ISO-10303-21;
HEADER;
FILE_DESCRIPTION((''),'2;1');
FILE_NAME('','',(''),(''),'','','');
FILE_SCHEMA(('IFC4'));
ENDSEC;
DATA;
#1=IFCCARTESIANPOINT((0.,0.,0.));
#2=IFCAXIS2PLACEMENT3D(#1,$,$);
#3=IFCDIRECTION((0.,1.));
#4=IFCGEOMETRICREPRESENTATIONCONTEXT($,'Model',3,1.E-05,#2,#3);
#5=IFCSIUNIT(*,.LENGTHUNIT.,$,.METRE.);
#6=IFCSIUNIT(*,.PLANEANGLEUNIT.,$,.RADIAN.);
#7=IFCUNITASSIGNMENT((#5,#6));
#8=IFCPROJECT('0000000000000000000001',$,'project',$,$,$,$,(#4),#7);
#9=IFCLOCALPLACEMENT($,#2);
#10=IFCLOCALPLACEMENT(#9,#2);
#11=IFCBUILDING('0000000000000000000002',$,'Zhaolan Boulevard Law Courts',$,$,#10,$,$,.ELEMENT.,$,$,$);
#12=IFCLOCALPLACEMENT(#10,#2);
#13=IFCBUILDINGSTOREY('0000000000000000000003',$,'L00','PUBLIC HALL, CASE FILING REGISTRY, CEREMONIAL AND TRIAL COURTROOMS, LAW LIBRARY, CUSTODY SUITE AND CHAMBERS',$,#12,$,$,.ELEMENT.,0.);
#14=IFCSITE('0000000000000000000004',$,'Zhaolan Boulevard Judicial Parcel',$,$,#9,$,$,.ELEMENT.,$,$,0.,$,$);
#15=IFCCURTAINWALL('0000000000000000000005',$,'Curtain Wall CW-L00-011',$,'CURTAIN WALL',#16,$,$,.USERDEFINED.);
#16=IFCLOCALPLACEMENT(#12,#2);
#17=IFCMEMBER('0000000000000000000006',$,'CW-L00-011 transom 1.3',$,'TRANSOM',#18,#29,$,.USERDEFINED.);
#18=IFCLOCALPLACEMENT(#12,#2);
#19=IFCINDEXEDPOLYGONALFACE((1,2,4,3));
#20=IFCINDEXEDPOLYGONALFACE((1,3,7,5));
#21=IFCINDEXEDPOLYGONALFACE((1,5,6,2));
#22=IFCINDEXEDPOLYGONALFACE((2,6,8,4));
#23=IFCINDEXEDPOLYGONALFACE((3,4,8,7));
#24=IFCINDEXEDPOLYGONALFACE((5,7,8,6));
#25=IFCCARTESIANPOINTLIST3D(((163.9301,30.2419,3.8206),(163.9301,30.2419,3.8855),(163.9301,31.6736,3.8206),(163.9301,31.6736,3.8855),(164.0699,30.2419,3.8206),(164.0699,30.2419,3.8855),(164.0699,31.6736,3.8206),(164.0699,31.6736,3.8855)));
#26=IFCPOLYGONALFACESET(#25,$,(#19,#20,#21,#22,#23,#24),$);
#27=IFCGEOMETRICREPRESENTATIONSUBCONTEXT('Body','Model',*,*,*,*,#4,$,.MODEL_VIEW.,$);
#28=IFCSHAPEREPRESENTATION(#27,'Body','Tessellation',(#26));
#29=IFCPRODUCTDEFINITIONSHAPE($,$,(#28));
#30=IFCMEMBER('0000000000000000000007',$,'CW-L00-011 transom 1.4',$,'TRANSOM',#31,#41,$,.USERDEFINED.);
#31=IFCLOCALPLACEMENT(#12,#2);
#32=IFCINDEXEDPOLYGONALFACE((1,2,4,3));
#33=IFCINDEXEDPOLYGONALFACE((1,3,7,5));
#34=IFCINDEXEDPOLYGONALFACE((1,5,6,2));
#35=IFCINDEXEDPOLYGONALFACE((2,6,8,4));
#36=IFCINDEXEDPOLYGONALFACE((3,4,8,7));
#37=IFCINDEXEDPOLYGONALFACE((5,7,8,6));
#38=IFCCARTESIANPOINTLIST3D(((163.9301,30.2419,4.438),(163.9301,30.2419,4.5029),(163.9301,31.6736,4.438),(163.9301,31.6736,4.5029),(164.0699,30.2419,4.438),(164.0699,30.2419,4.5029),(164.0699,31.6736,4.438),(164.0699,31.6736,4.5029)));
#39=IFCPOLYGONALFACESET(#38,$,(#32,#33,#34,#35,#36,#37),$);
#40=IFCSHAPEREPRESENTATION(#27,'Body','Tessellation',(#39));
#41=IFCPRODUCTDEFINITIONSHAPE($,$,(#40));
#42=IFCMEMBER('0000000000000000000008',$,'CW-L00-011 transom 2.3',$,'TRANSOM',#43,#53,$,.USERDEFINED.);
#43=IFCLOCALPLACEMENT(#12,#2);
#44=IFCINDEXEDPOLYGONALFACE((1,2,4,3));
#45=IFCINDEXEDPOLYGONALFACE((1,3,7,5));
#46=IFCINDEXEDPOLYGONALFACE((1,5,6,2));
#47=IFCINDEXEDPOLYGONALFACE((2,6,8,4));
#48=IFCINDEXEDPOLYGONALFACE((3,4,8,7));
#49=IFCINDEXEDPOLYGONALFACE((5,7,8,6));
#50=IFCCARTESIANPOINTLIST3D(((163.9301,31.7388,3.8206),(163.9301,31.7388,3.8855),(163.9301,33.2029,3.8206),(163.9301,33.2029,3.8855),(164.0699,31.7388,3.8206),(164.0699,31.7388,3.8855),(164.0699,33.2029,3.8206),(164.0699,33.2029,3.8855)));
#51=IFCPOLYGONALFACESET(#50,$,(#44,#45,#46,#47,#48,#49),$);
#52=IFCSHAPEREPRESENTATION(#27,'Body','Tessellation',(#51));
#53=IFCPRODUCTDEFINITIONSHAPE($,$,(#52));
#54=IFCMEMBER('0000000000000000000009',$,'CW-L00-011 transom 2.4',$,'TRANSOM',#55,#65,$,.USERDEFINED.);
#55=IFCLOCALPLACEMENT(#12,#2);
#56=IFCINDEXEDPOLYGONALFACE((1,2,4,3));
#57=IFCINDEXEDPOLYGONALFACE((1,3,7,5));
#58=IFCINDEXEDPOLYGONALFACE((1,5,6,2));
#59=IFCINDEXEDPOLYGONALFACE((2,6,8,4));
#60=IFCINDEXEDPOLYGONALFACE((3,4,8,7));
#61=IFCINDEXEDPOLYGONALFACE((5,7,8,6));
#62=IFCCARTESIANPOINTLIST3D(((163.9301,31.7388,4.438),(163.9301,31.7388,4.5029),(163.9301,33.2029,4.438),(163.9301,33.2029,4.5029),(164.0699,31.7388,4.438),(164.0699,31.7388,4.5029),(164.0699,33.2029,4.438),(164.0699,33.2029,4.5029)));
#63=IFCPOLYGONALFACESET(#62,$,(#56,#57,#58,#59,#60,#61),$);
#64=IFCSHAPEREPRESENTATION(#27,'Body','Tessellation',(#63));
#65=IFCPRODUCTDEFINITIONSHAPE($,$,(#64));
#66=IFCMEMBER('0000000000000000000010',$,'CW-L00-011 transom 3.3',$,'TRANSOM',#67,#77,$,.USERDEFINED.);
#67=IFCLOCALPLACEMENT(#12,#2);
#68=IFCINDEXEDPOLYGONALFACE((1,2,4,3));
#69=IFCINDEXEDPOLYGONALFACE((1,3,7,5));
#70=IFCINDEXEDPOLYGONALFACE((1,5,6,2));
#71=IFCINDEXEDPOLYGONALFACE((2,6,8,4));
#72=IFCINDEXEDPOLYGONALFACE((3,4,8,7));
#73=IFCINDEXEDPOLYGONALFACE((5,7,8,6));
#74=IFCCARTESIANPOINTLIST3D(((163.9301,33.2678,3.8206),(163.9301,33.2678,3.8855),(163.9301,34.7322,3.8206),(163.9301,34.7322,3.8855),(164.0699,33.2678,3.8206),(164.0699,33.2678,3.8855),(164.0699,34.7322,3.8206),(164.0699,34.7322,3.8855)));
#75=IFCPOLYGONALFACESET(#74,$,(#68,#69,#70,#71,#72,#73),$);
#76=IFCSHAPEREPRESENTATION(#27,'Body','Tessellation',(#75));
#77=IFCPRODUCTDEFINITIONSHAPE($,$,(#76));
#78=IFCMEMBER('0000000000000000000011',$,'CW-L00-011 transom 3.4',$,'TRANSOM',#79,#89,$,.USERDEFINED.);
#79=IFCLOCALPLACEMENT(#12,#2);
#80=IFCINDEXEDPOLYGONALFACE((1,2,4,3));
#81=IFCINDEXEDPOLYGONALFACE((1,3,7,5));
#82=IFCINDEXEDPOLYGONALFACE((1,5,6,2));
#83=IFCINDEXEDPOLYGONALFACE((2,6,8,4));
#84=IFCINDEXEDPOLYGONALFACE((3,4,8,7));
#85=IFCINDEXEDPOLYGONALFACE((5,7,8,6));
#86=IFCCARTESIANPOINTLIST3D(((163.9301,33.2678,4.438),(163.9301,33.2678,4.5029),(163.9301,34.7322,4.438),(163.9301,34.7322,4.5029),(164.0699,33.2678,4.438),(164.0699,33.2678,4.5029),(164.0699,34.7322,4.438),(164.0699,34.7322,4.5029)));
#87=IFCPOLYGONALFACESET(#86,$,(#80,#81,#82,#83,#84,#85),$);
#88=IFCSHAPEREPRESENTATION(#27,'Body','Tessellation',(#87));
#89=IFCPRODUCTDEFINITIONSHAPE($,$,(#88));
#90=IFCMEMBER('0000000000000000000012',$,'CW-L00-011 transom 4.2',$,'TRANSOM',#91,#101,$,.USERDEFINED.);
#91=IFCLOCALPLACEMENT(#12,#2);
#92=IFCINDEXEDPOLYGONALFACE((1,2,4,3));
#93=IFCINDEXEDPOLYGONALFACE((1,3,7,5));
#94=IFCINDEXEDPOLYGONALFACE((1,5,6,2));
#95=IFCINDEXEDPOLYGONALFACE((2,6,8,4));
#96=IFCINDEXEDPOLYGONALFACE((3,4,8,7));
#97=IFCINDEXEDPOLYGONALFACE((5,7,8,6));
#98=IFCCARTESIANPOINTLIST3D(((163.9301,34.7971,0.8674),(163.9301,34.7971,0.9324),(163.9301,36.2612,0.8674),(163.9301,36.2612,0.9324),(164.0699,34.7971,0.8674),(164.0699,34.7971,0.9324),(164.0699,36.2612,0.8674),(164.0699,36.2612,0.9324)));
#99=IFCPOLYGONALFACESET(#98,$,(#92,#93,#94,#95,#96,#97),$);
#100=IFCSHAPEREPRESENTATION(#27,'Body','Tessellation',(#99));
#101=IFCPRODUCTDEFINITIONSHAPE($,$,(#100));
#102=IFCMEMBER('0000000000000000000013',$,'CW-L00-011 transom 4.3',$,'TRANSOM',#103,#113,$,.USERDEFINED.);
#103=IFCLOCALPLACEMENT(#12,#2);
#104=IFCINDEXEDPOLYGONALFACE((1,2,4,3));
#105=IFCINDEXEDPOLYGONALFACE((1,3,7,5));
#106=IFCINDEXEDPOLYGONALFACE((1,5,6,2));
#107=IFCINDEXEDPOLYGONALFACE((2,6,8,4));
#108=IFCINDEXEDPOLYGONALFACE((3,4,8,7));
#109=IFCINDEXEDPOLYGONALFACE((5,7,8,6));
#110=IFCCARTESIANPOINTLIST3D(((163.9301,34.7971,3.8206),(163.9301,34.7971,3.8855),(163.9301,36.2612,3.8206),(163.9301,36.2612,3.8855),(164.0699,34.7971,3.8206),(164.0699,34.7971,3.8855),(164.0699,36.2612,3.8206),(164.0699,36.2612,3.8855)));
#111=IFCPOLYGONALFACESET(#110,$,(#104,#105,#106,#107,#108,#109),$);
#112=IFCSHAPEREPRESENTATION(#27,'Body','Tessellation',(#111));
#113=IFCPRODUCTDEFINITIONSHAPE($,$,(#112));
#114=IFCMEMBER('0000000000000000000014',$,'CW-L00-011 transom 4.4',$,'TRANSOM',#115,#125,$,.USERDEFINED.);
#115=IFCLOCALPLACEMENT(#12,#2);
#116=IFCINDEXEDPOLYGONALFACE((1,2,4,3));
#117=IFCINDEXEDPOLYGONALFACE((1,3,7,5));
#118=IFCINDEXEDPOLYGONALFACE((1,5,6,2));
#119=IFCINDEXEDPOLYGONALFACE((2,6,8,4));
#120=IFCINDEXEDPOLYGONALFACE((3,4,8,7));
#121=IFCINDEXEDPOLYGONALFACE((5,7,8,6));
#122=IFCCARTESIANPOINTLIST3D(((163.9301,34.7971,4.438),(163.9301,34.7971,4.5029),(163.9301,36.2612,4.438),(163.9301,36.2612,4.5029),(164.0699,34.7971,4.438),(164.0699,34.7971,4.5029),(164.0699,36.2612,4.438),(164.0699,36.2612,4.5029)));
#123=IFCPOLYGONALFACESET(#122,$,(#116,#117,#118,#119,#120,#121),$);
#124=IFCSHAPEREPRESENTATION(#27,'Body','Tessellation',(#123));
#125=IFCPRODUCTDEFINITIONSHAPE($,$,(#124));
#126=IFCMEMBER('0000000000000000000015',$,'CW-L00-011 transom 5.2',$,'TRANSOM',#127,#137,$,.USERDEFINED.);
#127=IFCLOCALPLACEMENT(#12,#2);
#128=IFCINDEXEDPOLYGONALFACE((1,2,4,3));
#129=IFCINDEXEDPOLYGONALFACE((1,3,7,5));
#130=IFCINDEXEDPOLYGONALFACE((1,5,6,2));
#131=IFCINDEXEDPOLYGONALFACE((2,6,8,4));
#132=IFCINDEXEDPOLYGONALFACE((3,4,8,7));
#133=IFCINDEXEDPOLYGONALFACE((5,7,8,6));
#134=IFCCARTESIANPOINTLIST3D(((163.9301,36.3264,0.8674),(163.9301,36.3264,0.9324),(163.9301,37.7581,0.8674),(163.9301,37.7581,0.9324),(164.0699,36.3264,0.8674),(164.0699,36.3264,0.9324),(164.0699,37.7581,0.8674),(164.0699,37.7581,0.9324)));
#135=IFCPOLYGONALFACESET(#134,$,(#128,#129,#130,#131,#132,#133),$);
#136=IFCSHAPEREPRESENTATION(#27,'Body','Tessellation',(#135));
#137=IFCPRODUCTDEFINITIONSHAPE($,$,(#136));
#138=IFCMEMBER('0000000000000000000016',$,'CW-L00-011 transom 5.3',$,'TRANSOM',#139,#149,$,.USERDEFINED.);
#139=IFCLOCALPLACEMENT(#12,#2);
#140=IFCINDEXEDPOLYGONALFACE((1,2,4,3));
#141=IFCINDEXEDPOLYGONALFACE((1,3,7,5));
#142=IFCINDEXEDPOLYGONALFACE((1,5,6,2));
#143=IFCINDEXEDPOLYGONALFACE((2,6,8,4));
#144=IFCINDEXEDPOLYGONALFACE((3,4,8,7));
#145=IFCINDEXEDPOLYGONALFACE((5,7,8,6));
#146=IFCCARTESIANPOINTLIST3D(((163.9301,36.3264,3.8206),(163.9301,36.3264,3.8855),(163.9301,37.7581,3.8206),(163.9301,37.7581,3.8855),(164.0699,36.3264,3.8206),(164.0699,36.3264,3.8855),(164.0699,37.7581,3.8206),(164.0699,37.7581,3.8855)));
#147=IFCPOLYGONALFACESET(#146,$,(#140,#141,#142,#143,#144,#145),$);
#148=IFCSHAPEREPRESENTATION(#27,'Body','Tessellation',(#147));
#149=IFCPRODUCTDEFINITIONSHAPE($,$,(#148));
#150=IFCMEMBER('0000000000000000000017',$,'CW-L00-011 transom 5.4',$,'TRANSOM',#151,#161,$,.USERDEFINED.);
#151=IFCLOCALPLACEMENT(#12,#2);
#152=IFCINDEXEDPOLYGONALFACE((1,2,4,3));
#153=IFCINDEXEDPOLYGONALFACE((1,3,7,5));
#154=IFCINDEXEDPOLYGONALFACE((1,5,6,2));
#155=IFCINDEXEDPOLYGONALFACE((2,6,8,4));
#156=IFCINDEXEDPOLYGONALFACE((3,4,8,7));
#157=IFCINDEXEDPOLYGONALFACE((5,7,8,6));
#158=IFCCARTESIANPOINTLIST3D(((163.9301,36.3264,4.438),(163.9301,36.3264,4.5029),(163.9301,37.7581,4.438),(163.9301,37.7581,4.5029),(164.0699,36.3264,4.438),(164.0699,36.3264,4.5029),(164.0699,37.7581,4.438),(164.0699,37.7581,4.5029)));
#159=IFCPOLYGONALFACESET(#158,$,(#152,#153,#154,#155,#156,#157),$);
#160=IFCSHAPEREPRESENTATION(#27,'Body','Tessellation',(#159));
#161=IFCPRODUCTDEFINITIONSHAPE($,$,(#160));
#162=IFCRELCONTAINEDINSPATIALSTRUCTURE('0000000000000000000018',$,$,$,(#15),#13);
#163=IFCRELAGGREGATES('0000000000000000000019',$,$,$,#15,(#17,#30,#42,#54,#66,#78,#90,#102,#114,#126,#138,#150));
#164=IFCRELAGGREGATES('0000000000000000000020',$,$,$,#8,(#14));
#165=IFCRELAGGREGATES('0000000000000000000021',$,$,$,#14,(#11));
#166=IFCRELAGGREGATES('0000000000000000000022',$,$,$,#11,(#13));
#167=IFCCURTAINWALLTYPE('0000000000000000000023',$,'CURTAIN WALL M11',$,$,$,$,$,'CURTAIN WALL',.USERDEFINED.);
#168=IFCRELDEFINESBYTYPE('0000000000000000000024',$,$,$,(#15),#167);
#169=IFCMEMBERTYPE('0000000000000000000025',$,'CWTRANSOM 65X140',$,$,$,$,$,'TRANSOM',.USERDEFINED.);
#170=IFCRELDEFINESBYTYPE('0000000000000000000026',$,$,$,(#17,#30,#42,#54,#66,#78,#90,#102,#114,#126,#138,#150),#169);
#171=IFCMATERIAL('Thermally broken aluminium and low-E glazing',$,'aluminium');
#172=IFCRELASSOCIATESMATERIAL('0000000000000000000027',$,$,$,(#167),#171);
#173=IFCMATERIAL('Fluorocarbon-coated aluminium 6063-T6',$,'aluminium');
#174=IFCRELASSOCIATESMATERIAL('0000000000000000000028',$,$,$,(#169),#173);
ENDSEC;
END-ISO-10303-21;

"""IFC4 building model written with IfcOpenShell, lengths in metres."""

from ifc_helpers import new_model, si_unit, direction, frame, origin, origin_2d, place, context, subcontext, project, spatial, rectangle, extrude, material, material_profile, profile_set, type_object, element, aggregate, save


model = new_model("IFC4")

# Units and contexts
model_context = context("Model", 3, precision=1e-05, world=origin(), true_north=direction((0.0, 1.0)))
body_context = subcontext(model_context, "Body", "Model", "MODEL_VIEW")
ifc_project = project(units=[si_unit("LENGTHUNIT", "METRE"), si_unit("PLANEANGLEUNIT", "RADIAN")], contexts=[model_context])

# Site, building, storey
site_placement = place(None, origin())
site = spatial("IfcSite", under=ifc_project, at=site_placement, Name="Zhaolan Boulevard Judicial Parcel", CompositionType="ELEMENT", RefElevation=0.0)
building_placement = place(site_placement, origin())
building = spatial("IfcBuilding", under=site, at=building_placement, Name="Zhaolan Boulevard Law Courts", CompositionType="ELEMENT")
storey_placement = place(building_placement, origin())
storey = spatial("IfcBuildingStorey", under=building, at=storey_placement, Name="L00", Description="PUBLIC HALL, CASE FILING REGISTRY, CEREMONIAL AND TRIAL COURTROOMS, LAW LIBRARY, CUSTODY SUITE AND CHAMBERS", CompositionType="ELEMENT", Elevation=0.0)

# Curtain wall, members
ifc_material_1 = material(Name="Thermally broken aluminium and low-E glazing", Category="aluminium")
curtain_wall_type = type_object("IfcCurtainWallType", Name="CURTAIN WALL M11", ElementType="CURTAIN WALL", PredefinedType="USERDEFINED", material=ifc_material_1)
curtain_wall_placement = place(storey_placement, origin())
curtain_wall = element("IfcCurtainWall", 1, at=curtain_wall_placement, inside=storey, type_object=curtain_wall_type, Name="Curtain Wall CW-L00-011", ObjectType="CURTAIN WALL", PredefinedType="USERDEFINED")
ifc_material_2 = material(Name="Fluorocarbon-coated aluminium 6063-T6", Category="aluminium")
ifc_material_profile_1 = material_profile(ifc_material_2, rectangle(XDim=0.1399, YDim=0.0649, at=origin_2d()), Name="AL65x140")
ifc_profile_set_1 = profile_set([ifc_material_profile_1], Name="Fluorocarbon-coated aluminium 6063-T6")
member_type = type_object("IfcMemberType", Name="CWTRANSOM 65X140", ElementType="TRANSOM", PredefinedType="USERDEFINED", material=ifc_profile_set_1)
member_1_placement = place(storey_placement, frame((164.0, 30.2419, 3.853), z_axis=(0.0, 1.0, 0.0), x_axis=(-1.0, 0.0, 0.0)))
member_1 = element("IfcMember", 2, at=member_1_placement, type_object=member_type, Name="CW-L00-011 transom 1.3", ObjectType="TRANSOM", PredefinedType="USERDEFINED", context=body_context, shape_type="SweptSolid", body=[
    extrude(rectangle(XDim=0.1399, YDim=0.0649, at=origin_2d()), origin(), (0.0, 0.0, 1.0), 1.4316),
])
member_2_placement = place(storey_placement, frame((164.0, 30.2419, 4.4705), z_axis=(0.0, 1.0, 0.0), x_axis=(-1.0, 0.0, 0.0)))
member_2 = element("IfcMember", 3, at=member_2_placement, type_object=member_type, Name="CW-L00-011 transom 1.4", ObjectType="TRANSOM", PredefinedType="USERDEFINED", context=body_context, shape_type="SweptSolid", body=[
    extrude(rectangle(XDim=0.1399, YDim=0.0649, at=origin_2d()), origin(), (0.0, 0.0, 1.0), 1.4316),
])
member_3_placement = place(storey_placement, frame((164.0, 31.7388, 3.853), z_axis=(0.0, 1.0, 0.0), x_axis=(-1.0, 0.0, 0.0)))
member_3 = element("IfcMember", 4, at=member_3_placement, type_object=member_type, Name="CW-L00-011 transom 2.3", ObjectType="TRANSOM", PredefinedType="USERDEFINED", context=body_context, shape_type="SweptSolid", body=[
    extrude(rectangle(XDim=0.1399, YDim=0.0649, at=origin_2d()), origin(), (0.0, 0.0, 1.0), 1.4641),
])
member_4_placement = place(storey_placement, frame((164.0, 31.7388, 4.4705), z_axis=(0.0, 1.0, 0.0), x_axis=(-1.0, 0.0, 0.0)))
member_4 = element("IfcMember", 5, at=member_4_placement, type_object=member_type, Name="CW-L00-011 transom 2.4", ObjectType="TRANSOM", PredefinedType="USERDEFINED", context=body_context, shape_type="SweptSolid", body=[
    extrude(rectangle(XDim=0.1399, YDim=0.0649, at=origin_2d()), origin(), (0.0, 0.0, 1.0), 1.4641),
])
member_5_placement = place(storey_placement, frame((164.0, 33.2678, 3.853), z_axis=(0.0, 1.0, 0.0), x_axis=(-1.0, 0.0, 0.0)))
member_5 = element("IfcMember", 6, at=member_5_placement, type_object=member_type, Name="CW-L00-011 transom 3.3", ObjectType="TRANSOM", PredefinedType="USERDEFINED", context=body_context, shape_type="SweptSolid", body=[
    extrude(rectangle(XDim=0.1399, YDim=0.0649, at=origin_2d()), origin(), (0.0, 0.0, 1.0), 1.4644),
])
member_6_placement = place(storey_placement, frame((164.0, 33.2678, 4.4705), z_axis=(0.0, 1.0, 0.0), x_axis=(-1.0, 0.0, 0.0)))
member_6 = element("IfcMember", 7, at=member_6_placement, type_object=member_type, Name="CW-L00-011 transom 3.4", ObjectType="TRANSOM", PredefinedType="USERDEFINED", context=body_context, shape_type="SweptSolid", body=[
    extrude(rectangle(XDim=0.1399, YDim=0.0649, at=origin_2d()), origin(), (0.0, 0.0, 1.0), 1.4644),
])
member_7_placement = place(storey_placement, frame((164.0, 34.7971, 0.8999), z_axis=(0.0, 1.0, 0.0), x_axis=(-1.0, 0.0, 0.0)))
member_7 = element("IfcMember", 8, at=member_7_placement, type_object=member_type, Name="CW-L00-011 transom 4.2", ObjectType="TRANSOM", PredefinedType="USERDEFINED", context=body_context, shape_type="SweptSolid", body=[
    extrude(rectangle(XDim=0.1399, YDim=0.0649, at=origin_2d()), origin(), (0.0, 0.0, 1.0), 1.4641),
])
member_8_placement = place(storey_placement, frame((164.0, 34.7971, 3.853), z_axis=(0.0, 1.0, 0.0), x_axis=(-1.0, 0.0, 0.0)))
member_8 = element("IfcMember", 9, at=member_8_placement, type_object=member_type, Name="CW-L00-011 transom 4.3", ObjectType="TRANSOM", PredefinedType="USERDEFINED", context=body_context, shape_type="SweptSolid", body=[
    extrude(rectangle(XDim=0.1399, YDim=0.0649, at=origin_2d()), origin(), (0.0, 0.0, 1.0), 1.4641),
])
member_9_placement = place(storey_placement, frame((164.0, 34.7971, 4.4705), z_axis=(0.0, 1.0, 0.0), x_axis=(-1.0, 0.0, 0.0)))
member_9 = element("IfcMember", 10, at=member_9_placement, type_object=member_type, Name="CW-L00-011 transom 4.4", ObjectType="TRANSOM", PredefinedType="USERDEFINED", context=body_context, shape_type="SweptSolid", body=[
    extrude(rectangle(XDim=0.1399, YDim=0.0649, at=origin_2d()), origin(), (0.0, 0.0, 1.0), 1.4641),
])
member_10_placement = place(storey_placement, frame((164.0, 36.3264, 0.8999), z_axis=(0.0, 1.0, 0.0), x_axis=(-1.0, 0.0, 0.0)))
member_10 = element("IfcMember", 11, at=member_10_placement, type_object=member_type, Name="CW-L00-011 transom 5.2", ObjectType="TRANSOM", PredefinedType="USERDEFINED", context=body_context, shape_type="SweptSolid", body=[
    extrude(rectangle(XDim=0.1399, YDim=0.0649, at=origin_2d()), origin(), (0.0, 0.0, 1.0), 1.4316),
])
member_11_placement = place(storey_placement, frame((164.0, 36.3264, 3.853), z_axis=(0.0, 1.0, 0.0), x_axis=(-1.0, 0.0, 0.0)))
member_11 = element("IfcMember", 12, at=member_11_placement, type_object=member_type, Name="CW-L00-011 transom 5.3", ObjectType="TRANSOM", PredefinedType="USERDEFINED", context=body_context, shape_type="SweptSolid", body=[
    extrude(rectangle(XDim=0.1399, YDim=0.0649, at=origin_2d()), origin(), (0.0, 0.0, 1.0), 1.4316),
])
member_12_placement = place(storey_placement, frame((164.0, 36.3264, 4.4705), z_axis=(0.0, 1.0, 0.0), x_axis=(-1.0, 0.0, 0.0)))
member_12 = element("IfcMember", 13, at=member_12_placement, type_object=member_type, Name="CW-L00-011 transom 5.4", ObjectType="TRANSOM", PredefinedType="USERDEFINED", context=body_context, shape_type="SweptSolid", body=[
    extrude(rectangle(XDim=0.1399, YDim=0.0649, at=origin_2d()), origin(), (0.0, 0.0, 1.0), 1.4316),
])

aggregate(curtain_wall, [member_1, member_2, member_3, member_4, member_5, member_6, member_7, member_8, member_9, member_10, member_11, member_12])

save(model, "model.ifc")
